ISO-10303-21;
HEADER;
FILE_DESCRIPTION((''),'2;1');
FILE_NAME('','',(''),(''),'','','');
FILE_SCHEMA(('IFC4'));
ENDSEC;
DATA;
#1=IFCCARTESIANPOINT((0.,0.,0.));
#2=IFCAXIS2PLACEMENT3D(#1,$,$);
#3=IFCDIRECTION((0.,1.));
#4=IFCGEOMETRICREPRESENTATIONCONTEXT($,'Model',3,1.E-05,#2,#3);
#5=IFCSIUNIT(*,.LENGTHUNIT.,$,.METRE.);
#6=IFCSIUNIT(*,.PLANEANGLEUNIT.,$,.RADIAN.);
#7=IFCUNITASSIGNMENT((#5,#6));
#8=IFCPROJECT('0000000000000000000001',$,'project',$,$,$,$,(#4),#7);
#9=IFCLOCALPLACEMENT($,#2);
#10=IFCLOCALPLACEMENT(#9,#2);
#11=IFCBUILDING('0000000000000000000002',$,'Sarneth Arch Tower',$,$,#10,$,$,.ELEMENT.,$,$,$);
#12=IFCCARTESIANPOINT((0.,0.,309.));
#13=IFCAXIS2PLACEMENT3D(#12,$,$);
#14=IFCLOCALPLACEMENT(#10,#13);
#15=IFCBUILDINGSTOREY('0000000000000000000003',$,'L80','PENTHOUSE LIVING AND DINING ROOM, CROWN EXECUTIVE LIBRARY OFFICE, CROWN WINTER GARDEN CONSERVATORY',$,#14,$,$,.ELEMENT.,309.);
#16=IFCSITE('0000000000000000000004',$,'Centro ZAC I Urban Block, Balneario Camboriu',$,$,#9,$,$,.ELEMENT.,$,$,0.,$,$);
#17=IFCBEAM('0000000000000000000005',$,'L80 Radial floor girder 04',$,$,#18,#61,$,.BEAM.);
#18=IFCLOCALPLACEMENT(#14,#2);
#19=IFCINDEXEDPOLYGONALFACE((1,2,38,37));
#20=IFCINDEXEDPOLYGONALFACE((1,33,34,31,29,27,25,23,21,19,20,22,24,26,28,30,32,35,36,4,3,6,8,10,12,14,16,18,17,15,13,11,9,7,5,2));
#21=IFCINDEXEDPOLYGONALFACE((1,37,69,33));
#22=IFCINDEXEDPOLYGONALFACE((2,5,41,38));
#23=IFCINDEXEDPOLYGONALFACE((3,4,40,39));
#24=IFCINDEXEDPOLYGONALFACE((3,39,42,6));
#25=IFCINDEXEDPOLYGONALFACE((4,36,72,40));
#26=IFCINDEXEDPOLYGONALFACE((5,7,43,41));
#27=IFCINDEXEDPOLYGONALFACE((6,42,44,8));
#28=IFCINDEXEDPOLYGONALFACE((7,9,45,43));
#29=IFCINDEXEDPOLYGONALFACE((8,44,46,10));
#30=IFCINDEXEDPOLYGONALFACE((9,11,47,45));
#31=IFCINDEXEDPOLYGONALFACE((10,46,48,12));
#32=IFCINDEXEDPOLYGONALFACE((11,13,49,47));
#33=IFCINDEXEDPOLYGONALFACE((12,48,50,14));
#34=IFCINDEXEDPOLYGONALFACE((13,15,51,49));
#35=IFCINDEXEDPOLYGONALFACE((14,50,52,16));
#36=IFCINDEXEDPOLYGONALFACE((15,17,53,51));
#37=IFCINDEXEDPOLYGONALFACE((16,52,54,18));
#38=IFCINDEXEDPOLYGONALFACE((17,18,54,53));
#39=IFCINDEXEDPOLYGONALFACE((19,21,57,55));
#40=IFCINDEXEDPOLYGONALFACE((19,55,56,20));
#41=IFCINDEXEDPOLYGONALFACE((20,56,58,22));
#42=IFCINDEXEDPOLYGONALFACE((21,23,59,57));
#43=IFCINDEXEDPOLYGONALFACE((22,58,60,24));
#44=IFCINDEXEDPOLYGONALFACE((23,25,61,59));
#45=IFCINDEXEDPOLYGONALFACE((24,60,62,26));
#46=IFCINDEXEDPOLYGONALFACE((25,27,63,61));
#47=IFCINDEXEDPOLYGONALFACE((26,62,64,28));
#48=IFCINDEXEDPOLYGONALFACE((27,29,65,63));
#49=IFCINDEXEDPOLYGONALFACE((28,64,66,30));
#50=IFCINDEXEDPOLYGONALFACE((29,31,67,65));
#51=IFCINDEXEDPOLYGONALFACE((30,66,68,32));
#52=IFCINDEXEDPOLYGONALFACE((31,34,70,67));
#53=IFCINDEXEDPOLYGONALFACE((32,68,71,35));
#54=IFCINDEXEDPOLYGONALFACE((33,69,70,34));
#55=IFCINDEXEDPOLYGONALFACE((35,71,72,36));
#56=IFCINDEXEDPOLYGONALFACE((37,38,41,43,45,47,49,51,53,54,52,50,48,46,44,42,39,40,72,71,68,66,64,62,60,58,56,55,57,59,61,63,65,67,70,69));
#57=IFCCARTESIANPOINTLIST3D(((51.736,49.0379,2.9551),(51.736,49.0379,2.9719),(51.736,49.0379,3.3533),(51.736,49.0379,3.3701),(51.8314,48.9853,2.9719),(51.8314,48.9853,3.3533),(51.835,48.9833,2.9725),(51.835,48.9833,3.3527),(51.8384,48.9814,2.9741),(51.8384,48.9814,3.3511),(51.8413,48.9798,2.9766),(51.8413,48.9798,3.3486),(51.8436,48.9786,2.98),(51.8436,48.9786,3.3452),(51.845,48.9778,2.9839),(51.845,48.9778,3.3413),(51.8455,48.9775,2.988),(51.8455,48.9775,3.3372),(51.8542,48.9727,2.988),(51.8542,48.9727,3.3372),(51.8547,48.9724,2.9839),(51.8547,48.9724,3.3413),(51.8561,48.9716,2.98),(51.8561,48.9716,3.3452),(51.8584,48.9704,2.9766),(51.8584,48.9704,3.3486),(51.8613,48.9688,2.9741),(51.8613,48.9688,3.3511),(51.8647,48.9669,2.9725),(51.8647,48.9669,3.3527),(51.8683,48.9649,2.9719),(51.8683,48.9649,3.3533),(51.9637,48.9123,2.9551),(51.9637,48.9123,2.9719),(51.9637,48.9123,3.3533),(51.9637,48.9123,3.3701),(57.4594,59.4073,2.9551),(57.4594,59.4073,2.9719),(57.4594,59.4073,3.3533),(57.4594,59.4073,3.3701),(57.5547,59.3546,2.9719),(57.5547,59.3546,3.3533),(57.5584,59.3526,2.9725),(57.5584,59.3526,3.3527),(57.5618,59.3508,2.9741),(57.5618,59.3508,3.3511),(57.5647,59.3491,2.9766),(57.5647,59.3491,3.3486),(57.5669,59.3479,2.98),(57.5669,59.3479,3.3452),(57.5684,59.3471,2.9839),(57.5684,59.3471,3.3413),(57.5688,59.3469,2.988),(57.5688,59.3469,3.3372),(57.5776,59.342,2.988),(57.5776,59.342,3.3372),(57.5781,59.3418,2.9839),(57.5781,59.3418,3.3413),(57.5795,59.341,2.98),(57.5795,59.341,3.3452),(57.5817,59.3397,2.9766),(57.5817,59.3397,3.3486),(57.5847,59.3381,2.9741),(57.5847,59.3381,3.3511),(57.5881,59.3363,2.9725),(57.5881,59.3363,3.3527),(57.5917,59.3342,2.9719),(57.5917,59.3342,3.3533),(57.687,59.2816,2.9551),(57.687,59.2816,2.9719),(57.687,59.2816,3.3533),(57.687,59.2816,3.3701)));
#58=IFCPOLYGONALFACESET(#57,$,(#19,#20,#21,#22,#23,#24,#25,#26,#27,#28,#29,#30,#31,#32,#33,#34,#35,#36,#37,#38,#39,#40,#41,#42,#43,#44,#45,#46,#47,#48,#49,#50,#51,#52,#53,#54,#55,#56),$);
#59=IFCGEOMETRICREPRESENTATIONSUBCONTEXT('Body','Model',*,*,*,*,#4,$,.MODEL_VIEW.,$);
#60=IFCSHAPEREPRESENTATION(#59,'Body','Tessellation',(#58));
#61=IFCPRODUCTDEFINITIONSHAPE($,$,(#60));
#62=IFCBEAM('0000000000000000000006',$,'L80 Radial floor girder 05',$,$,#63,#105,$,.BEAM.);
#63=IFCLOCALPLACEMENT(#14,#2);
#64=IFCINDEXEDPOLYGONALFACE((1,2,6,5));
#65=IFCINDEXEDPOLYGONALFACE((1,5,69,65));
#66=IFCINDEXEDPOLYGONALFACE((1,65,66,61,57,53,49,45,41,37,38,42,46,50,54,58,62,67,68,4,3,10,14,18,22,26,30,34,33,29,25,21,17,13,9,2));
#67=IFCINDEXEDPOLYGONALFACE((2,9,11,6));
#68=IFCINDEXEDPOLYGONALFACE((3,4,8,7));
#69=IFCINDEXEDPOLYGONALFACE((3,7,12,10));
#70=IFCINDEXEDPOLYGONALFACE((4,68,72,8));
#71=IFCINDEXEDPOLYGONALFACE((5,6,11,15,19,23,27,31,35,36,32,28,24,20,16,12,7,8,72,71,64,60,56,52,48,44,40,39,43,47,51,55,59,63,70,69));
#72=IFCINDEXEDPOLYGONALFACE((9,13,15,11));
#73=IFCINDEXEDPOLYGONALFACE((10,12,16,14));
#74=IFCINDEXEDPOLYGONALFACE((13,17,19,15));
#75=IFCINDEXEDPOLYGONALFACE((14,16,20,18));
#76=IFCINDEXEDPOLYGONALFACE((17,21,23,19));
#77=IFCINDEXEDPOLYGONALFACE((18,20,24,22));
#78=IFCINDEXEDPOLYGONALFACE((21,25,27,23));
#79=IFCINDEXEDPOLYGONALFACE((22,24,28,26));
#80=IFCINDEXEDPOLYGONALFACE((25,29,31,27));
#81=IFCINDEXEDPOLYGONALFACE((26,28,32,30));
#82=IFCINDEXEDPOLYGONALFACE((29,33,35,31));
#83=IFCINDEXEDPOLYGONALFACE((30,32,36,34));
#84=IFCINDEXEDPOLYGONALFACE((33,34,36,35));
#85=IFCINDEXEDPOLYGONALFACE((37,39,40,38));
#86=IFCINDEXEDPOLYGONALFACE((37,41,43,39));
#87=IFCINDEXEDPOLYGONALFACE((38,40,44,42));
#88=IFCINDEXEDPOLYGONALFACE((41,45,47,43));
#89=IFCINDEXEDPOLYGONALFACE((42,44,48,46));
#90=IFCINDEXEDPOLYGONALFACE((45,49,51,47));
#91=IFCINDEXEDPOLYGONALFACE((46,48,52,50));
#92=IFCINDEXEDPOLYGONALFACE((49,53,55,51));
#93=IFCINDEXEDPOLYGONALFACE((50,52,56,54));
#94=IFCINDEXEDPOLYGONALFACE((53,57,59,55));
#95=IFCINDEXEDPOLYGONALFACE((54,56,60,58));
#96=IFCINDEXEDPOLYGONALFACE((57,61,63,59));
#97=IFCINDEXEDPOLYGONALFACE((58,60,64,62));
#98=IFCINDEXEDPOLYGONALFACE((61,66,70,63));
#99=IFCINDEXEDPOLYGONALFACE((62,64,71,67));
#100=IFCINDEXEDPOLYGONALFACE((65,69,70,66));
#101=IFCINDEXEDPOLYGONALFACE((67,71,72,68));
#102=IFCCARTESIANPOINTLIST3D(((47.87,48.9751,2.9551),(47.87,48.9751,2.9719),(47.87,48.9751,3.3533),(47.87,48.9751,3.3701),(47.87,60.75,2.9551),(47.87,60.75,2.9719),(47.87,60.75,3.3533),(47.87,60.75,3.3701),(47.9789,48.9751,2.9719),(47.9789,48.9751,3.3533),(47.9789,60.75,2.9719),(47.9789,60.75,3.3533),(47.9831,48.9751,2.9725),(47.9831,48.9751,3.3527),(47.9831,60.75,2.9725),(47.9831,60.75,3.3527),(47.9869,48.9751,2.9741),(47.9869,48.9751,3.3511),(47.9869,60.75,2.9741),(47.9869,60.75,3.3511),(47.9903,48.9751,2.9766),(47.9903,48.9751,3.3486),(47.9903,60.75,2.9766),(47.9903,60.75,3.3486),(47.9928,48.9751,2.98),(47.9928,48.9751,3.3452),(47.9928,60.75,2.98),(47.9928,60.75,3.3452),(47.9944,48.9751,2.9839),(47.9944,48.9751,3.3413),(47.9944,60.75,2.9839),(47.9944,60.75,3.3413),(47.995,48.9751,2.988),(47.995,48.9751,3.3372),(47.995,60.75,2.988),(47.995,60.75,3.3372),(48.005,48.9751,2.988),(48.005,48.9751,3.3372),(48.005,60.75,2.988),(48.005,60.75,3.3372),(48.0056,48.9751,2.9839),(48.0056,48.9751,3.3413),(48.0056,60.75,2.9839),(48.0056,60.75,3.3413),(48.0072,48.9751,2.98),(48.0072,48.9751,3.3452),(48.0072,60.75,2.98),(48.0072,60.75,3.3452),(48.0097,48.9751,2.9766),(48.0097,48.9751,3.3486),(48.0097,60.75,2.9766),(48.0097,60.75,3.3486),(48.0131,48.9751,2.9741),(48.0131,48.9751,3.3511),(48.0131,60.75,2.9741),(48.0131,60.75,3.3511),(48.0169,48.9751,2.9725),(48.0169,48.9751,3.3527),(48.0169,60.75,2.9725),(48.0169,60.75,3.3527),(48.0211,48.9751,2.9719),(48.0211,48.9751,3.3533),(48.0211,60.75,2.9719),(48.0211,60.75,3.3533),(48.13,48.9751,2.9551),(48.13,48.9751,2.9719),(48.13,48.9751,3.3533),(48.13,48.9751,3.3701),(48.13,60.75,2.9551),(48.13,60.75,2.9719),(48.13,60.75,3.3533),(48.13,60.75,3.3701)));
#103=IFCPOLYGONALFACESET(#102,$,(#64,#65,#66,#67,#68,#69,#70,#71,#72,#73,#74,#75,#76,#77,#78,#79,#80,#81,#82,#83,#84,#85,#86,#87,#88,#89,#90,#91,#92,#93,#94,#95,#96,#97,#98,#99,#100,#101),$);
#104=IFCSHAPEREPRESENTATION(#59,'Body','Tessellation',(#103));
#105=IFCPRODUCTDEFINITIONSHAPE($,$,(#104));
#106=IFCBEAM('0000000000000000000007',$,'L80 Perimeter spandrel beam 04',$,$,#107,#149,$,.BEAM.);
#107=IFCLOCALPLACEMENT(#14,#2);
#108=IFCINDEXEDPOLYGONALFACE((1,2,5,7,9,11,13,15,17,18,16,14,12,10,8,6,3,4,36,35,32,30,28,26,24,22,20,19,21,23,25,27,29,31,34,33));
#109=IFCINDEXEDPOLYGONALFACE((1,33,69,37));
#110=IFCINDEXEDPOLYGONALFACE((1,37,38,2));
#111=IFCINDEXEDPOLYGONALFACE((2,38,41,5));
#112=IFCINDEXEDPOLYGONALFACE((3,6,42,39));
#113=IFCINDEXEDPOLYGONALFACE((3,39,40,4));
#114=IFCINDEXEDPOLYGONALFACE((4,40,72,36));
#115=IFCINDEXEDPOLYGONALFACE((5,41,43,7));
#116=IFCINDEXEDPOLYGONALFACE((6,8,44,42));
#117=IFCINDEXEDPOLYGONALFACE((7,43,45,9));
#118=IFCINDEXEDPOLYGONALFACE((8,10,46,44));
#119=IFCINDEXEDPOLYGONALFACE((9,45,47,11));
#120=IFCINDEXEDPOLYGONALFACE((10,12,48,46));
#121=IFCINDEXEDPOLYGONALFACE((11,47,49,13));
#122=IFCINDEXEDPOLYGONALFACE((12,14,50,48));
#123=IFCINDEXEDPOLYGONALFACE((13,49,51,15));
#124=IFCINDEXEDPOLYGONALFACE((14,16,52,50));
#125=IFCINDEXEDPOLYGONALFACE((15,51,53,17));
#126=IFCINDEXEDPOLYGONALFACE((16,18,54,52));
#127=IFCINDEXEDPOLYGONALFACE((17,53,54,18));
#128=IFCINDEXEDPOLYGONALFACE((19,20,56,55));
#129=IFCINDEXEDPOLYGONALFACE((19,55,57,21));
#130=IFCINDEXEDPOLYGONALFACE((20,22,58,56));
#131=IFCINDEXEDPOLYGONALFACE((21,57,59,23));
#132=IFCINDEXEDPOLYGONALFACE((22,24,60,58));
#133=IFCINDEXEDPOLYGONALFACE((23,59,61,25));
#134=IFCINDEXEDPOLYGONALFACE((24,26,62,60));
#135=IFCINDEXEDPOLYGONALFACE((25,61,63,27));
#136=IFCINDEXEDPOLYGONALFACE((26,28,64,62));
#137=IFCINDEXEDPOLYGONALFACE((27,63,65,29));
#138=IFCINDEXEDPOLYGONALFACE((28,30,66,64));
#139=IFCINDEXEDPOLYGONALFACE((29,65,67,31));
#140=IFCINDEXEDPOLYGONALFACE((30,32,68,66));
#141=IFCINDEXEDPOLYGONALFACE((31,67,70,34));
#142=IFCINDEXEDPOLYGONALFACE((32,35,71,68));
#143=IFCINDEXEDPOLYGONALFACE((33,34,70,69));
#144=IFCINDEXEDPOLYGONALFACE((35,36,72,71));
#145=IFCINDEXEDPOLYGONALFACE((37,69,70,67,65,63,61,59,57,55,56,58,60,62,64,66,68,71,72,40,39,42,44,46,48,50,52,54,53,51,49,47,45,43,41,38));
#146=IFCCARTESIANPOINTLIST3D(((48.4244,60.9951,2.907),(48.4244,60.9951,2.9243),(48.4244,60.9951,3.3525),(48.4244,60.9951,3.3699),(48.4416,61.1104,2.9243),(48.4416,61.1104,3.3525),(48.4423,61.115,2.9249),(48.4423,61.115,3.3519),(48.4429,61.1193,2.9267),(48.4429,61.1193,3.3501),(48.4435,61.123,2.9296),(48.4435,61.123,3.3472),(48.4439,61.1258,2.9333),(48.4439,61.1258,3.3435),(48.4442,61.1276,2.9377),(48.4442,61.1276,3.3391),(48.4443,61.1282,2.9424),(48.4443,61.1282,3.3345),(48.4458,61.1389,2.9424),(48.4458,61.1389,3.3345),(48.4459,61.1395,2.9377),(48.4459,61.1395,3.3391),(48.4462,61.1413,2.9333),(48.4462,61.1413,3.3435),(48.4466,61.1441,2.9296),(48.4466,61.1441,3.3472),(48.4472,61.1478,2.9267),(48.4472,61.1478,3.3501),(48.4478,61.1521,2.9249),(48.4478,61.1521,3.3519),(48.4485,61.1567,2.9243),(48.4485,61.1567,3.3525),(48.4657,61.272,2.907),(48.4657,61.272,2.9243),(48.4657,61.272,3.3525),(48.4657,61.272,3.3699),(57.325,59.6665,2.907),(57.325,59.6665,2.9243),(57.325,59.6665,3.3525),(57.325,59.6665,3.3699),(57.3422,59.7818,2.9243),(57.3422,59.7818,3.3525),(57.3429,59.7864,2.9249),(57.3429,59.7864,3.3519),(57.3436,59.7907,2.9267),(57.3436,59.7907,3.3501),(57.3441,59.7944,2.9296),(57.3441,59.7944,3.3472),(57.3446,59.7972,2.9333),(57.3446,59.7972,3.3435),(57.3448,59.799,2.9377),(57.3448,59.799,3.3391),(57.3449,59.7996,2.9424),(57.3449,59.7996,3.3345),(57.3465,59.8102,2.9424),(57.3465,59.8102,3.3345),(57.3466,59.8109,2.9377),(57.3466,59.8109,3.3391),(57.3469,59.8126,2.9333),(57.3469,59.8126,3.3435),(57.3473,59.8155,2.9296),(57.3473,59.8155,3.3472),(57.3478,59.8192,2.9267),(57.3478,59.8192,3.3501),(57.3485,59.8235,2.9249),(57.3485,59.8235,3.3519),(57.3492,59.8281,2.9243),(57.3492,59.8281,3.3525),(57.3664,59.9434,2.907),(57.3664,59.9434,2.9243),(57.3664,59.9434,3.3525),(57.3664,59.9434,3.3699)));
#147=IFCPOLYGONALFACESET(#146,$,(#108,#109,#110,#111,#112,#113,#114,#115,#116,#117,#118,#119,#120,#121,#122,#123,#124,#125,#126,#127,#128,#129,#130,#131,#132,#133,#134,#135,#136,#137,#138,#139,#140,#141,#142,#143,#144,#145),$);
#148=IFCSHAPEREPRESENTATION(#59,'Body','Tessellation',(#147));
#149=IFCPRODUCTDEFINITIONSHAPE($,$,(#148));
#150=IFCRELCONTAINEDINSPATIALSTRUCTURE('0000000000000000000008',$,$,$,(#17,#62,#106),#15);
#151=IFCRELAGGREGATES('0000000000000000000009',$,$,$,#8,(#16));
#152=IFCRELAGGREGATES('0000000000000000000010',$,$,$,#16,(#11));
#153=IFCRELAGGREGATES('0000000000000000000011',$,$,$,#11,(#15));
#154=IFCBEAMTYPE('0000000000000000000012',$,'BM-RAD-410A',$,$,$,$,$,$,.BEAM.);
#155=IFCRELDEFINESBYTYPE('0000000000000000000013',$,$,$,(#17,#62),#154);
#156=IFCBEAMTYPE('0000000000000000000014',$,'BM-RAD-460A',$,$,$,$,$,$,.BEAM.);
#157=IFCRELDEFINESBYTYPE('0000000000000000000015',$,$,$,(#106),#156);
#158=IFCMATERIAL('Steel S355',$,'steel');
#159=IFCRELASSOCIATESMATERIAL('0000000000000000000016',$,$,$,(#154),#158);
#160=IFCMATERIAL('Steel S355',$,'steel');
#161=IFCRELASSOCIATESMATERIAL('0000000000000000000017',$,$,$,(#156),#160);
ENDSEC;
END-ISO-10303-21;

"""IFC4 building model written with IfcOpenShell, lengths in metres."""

from ifc_helpers import new_model, si_unit, direction, frame, origin, origin_2d, place, context, subcontext, project, spatial, i_section, extrude, material, material_profile, profile_set, type_object, element, save


model = new_model("IFC4")

# Units and contexts
model_context = context("Model", 3, precision=1e-05, world=origin(), true_north=direction((0.0, 1.0)))
body_context = subcontext(model_context, "Body", "Model", "MODEL_VIEW")
ifc_project = project(units=[si_unit("LENGTHUNIT", "METRE"), si_unit("PLANEANGLEUNIT", "RADIAN")], contexts=[model_context])

# Site, building, storey
site_placement = place(None, origin())
site = spatial("IfcSite", under=ifc_project, at=site_placement, Name="Centro ZAC I Urban Block, Balneario Camboriu", CompositionType="ELEMENT", RefElevation=0.0)
building_placement = place(site_placement, origin())
building = spatial("IfcBuilding", under=site, at=building_placement, Name="Sarneth Arch Tower", CompositionType="ELEMENT")
storey_placement = place(building_placement, frame((0.0, 0.0, 309.0)))
storey = spatial("IfcBuildingStorey", under=building, at=storey_placement, Name="L80", Description="PENTHOUSE LIVING AND DINING ROOM, CROWN EXECUTIVE LIBRARY OFFICE, CROWN WINTER GARDEN CONSERVATORY", CompositionType="ELEMENT", Elevation=309.0)

# Beams
ifc_material_1 = material(Name="Steel S355", Category="steel")
ifc_material_profile_1 = material_profile(ifc_material_1, i_section(OverallWidth=0.26, OverallDepth=0.415, WebThickness=0.01, FlangeThickness=0.0168, FilletRadius=0.0161, at=origin_2d()), Name="W410x100")
ifc_profile_set_1 = profile_set([ifc_material_profile_1], Name="Steel S355")
beam_type_1 = type_object("IfcBeamType", Name="BM-RAD-410A", PredefinedType="BEAM", material=ifc_profile_set_1)
beam_1_placement = place(storey_placement, frame((51.8499, 48.9751, 3.1626), z_axis=(0.483229, 0.875494, 0.0), x_axis=(-0.875494, 0.483229, 0.0)))
element("IfcBeam", 1, at=beam_1_placement, inside=storey, type_object=beam_type_1, Name="L80 Radial floor girder 04", PredefinedType="BEAM", context=body_context, shape_type="SweptSolid", body=[
    extrude(i_section(OverallWidth=0.26, OverallDepth=0.415, WebThickness=0.01, FlangeThickness=0.0168, FilletRadius=0.0161, at=origin_2d()), origin(), (0.0, 0.0, 1.0), 11.844),
])
beam_2_placement = place(storey_placement, frame((48.0, 48.9751, 3.1626), z_axis=(0.0, 1.0, 0.0), x_axis=(-1.0, 0.0, 0.0)))
element("IfcBeam", 2, at=beam_2_placement, inside=storey, type_object=beam_type_1, Name="L80 Radial floor girder 05", PredefinedType="BEAM", context=body_context, shape_type="SweptSolid", body=[
    extrude(i_section(OverallWidth=0.26, OverallDepth=0.415, WebThickness=0.01, FlangeThickness=0.0168, FilletRadius=0.0161, at=origin_2d()), origin(), (0.0, 0.0, 1.0), 11.7749),
])
ifc_material_2 = material(Name="Steel S355", Category="steel")
ifc_material_profile_2 = material_profile(ifc_material_2, i_section(OverallWidth=0.28, OverallDepth=0.4629, WebThickness=0.0107, FlangeThickness=0.0173, FilletRadius=0.0181, at=origin_2d()), Name="W460x113")
ifc_profile_set_2 = profile_set([ifc_material_profile_2], Name="Steel S355")
beam_type_2 = type_object("IfcBeamType", Name="BM-RAD-460A", PredefinedType="BEAM", material=ifc_profile_set_2)
beam_3_placement = place(storey_placement, frame((57.3457, 59.8049, 3.1384), z_axis=(-0.989042, 0.147636, 0.0), x_axis=(-0.147636, -0.989042, 0.0)))
element("IfcBeam", 3, at=beam_3_placement, inside=storey, type_object=beam_type_2, Name="L80 Perimeter spandrel beam 04", PredefinedType="BEAM", context=body_context, shape_type="SweptSolid", body=[
    extrude(i_section(OverallWidth=0.28, OverallDepth=0.4629, WebThickness=0.0107, FlangeThickness=0.0173, FilletRadius=0.0181, at=origin_2d()), origin(), (0.0, 0.0, 1.0), 8.9993),
])

save(model, "model.ifc")
